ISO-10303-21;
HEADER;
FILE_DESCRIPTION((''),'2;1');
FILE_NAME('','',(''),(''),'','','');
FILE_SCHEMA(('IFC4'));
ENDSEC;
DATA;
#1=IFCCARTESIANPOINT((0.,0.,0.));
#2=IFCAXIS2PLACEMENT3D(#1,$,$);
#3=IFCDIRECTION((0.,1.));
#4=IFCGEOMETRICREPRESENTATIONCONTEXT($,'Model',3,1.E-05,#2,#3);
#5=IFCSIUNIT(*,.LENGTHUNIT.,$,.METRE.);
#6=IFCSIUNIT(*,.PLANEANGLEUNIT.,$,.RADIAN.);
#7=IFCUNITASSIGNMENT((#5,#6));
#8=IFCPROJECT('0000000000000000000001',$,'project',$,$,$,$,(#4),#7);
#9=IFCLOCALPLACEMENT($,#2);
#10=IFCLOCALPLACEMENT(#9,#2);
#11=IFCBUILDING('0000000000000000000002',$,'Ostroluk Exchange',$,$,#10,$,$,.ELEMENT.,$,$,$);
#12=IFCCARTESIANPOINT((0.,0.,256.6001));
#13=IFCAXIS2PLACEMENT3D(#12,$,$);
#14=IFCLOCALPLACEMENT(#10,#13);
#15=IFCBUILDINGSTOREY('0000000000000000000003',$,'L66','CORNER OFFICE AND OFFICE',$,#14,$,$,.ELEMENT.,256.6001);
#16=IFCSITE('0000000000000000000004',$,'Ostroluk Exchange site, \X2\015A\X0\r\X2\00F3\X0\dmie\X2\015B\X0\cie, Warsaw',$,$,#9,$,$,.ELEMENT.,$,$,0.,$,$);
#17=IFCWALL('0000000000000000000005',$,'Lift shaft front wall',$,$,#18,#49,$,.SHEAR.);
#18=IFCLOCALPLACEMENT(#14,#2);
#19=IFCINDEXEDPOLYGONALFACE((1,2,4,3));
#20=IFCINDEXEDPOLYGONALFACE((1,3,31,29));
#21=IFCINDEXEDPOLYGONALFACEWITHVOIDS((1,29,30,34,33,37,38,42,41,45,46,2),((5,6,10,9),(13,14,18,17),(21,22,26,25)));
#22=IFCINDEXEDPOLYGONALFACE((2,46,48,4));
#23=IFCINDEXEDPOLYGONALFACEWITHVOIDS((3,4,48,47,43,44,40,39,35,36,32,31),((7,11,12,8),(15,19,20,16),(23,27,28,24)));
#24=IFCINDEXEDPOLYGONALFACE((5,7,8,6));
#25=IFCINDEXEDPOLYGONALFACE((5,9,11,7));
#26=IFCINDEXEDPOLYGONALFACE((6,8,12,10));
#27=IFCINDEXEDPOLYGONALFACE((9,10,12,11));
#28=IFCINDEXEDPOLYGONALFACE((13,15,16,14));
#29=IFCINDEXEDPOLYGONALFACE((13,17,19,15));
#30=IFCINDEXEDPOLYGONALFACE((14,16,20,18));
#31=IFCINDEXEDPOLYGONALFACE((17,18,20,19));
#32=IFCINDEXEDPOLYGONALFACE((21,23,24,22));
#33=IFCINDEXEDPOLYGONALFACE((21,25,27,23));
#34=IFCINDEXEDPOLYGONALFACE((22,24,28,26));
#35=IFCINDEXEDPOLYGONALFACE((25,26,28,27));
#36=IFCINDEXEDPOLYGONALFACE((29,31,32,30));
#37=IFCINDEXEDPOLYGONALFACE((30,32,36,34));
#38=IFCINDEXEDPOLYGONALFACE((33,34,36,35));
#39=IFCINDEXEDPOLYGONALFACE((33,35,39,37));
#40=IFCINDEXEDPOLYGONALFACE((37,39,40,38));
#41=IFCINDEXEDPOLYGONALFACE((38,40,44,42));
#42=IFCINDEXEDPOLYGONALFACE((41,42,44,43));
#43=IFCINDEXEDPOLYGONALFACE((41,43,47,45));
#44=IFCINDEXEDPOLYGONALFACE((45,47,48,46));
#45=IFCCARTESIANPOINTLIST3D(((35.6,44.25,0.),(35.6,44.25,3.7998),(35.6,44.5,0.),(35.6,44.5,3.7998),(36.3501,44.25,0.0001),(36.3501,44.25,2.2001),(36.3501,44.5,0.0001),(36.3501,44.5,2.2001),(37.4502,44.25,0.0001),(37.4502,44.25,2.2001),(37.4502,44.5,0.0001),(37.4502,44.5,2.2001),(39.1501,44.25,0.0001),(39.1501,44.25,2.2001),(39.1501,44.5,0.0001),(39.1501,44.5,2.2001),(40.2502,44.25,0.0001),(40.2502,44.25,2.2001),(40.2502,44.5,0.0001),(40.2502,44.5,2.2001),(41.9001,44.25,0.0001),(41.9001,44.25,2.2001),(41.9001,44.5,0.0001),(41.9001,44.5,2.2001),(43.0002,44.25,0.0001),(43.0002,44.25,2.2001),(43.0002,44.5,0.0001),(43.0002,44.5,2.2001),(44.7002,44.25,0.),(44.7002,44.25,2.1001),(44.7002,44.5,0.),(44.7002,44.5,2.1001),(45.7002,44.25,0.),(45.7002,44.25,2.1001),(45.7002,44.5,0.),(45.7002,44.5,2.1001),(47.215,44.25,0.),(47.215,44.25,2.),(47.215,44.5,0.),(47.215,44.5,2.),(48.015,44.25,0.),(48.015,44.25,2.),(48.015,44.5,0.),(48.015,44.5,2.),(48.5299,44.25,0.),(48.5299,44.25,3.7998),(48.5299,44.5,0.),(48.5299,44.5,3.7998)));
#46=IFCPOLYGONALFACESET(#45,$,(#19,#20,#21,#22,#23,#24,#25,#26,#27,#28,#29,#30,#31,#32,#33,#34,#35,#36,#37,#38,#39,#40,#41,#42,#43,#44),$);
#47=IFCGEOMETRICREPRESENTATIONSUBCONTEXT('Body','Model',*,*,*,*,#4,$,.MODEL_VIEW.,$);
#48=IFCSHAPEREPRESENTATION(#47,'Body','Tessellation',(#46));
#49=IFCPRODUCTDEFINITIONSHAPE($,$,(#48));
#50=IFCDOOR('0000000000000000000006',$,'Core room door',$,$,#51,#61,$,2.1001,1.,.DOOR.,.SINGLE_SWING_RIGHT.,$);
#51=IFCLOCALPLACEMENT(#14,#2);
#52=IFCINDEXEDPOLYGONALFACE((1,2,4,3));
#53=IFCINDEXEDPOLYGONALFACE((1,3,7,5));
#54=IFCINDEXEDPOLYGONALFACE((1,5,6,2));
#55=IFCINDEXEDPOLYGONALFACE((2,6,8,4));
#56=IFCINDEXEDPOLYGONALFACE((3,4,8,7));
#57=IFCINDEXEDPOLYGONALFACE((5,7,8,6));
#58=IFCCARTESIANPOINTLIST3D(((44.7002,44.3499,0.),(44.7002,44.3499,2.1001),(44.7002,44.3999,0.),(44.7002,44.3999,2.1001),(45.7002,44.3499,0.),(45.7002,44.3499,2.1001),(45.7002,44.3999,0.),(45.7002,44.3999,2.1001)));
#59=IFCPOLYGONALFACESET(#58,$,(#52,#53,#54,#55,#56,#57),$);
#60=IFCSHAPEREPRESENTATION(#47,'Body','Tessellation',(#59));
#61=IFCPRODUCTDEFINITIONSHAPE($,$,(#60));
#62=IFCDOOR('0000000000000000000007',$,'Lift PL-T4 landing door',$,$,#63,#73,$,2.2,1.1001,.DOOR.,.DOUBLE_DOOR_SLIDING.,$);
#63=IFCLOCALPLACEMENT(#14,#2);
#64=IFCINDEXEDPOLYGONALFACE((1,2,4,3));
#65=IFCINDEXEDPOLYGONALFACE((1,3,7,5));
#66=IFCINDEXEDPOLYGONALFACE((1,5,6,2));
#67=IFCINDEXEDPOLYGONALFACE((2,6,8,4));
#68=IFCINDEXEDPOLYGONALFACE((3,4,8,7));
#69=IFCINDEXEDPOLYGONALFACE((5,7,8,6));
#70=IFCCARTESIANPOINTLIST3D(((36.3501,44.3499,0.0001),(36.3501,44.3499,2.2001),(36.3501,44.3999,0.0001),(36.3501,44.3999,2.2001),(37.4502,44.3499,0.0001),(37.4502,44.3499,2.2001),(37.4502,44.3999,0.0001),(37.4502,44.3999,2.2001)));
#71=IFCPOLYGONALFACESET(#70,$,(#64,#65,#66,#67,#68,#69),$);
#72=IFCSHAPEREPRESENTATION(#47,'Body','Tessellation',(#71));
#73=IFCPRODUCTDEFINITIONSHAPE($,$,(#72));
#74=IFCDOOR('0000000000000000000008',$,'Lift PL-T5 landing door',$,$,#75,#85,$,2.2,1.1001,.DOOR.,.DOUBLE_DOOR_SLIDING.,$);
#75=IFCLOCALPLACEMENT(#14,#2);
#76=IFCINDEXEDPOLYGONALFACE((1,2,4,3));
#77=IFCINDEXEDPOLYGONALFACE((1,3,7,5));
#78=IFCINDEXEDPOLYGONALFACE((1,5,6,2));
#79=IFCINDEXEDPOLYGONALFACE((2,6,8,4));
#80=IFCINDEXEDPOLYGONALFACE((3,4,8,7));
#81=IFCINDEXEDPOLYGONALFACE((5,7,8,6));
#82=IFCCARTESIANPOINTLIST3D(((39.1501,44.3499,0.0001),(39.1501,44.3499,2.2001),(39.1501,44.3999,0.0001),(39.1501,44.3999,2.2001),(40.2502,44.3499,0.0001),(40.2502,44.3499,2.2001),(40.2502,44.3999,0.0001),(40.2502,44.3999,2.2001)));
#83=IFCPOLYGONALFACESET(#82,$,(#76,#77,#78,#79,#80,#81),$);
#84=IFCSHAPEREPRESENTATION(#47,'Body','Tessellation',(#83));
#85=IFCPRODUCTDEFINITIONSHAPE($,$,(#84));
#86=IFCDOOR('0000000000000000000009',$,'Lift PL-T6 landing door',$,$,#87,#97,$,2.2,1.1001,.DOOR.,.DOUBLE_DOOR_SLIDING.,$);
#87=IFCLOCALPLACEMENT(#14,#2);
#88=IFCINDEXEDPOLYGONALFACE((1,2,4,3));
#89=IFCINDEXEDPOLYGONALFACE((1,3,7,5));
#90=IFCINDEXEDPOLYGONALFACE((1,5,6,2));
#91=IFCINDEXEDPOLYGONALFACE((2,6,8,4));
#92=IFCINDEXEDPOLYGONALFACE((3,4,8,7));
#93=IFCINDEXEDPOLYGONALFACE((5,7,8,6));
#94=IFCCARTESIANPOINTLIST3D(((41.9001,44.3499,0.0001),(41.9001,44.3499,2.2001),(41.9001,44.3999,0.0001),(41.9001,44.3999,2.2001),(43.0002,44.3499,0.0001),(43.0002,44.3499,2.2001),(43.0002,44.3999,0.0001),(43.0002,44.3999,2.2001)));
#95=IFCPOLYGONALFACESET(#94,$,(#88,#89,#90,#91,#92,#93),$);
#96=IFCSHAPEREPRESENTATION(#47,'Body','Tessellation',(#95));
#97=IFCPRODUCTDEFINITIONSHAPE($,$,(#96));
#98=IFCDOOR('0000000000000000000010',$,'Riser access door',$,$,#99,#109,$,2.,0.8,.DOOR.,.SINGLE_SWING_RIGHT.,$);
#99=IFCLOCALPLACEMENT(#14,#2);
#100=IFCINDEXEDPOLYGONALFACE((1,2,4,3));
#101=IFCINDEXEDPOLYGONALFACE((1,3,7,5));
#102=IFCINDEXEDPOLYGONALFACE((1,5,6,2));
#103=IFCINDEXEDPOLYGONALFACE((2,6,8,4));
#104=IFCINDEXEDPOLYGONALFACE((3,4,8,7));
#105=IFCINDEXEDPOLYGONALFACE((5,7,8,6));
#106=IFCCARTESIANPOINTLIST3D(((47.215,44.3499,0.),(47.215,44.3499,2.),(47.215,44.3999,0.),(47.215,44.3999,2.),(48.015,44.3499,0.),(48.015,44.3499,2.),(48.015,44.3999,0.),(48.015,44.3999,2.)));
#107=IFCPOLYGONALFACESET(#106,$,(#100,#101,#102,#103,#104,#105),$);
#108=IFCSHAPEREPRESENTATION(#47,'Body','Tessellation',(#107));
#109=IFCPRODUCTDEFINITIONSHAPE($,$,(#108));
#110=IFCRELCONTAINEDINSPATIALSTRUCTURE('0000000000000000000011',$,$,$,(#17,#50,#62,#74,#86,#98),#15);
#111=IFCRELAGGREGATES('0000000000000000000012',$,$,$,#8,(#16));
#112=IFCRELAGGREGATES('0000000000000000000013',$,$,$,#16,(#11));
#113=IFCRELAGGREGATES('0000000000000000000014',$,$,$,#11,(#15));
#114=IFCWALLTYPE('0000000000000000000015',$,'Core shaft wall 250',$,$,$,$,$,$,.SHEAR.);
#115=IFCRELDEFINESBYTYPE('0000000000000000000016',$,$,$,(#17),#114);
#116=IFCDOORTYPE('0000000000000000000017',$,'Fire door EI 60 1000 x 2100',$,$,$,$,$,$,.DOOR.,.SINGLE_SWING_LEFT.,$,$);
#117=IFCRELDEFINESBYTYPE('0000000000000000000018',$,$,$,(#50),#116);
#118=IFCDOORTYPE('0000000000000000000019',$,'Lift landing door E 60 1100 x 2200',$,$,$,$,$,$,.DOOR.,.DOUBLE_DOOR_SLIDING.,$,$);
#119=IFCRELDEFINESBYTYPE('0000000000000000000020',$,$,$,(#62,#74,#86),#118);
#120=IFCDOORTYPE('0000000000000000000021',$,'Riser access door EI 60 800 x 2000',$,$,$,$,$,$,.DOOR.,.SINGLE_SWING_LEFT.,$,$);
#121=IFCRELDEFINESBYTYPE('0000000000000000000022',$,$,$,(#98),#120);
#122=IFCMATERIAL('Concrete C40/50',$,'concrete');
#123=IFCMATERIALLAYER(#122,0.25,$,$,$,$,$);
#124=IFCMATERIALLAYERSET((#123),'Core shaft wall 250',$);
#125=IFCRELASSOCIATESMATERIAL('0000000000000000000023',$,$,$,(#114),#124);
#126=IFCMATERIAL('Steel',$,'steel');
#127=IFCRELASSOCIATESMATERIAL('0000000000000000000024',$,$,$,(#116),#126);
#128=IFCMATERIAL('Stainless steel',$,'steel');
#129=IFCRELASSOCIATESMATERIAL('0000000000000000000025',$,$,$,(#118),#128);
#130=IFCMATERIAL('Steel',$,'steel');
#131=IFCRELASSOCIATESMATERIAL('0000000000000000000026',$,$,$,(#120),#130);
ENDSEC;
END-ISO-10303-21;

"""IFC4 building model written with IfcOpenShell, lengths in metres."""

from ifc_helpers import new_model, si_unit, direction, frame, frame_2d, origin, place, context, subcontext, project, spatial, rectangle, extrude, material, layer, layer_set, type_object, element, fill, save


model = new_model("IFC4")

# Units and contexts
model_context = context("Model", 3, precision=1e-05, world=origin(), true_north=direction((0.0, 1.0)))
body_context = subcontext(model_context, "Body", "Model", "MODEL_VIEW")
ifc_project = project(units=[si_unit("LENGTHUNIT", "METRE"), si_unit("PLANEANGLEUNIT", "RADIAN")], contexts=[model_context])

# Site, building, storey
site_placement = place(None, origin())
site = spatial("IfcSite", under=ifc_project, at=site_placement, Name="Ostroluk Exchange site, Śródmieście, Warsaw", CompositionType="ELEMENT", RefElevation=0.0)
building_placement = place(site_placement, origin())
building = spatial("IfcBuilding", under=site, at=building_placement, Name="Ostroluk Exchange", CompositionType="ELEMENT")
storey_placement = place(building_placement, frame((0.0, 0.0, 256.6001)))
storey = spatial("IfcBuildingStorey", under=building, at=storey_placement, Name="L66", Description="CORNER OFFICE AND OFFICE", CompositionType="ELEMENT", Elevation=256.6001)

# Shared definitions
ifc_material_1 = material(Name="Concrete C40/50", Category="concrete")
ifc_layer = layer(ifc_material_1, 0.25)
ifc_layer_set = layer_set([ifc_layer], Name="Core shaft wall 250")
wall_type = type_object("IfcWallType", Name="Core shaft wall 250", PredefinedType="SHEAR", material=ifc_layer_set)

# Wall, openings, doors
ifc_material_2 = material(Name="Steel", Category="steel")
door_type_1 = type_object("IfcDoorType", Name="Fire door EI 60 1000 x 2100", OperationType="SINGLE_SWING_LEFT", PredefinedType="DOOR", material=ifc_material_2)
ifc_material_3 = material(Name="Stainless steel", Category="steel")
door_type_2 = type_object("IfcDoorType", Name="Lift landing door E 60 1100 x 2200", OperationType="DOUBLE_DOOR_SLIDING", PredefinedType="DOOR", material=ifc_material_3)
ifc_material_4 = material(Name="Steel", Category="steel")
door_type_3 = type_object("IfcDoorType", Name="Riser access door EI 60 800 x 2000", OperationType="SINGLE_SWING_LEFT", PredefinedType="DOOR", material=ifc_material_4)
wall_1_placement = place(storey_placement, frame((35.6001, 44.375, 0.0), z_axis=(0.0, 0.0, 1.0), x_axis=(1.0, 0.0, 0.0)))
wall_1 = element("IfcWall", 1, at=wall_1_placement, inside=storey, type_object=wall_type, Name="Lift shaft front wall", PredefinedType="SHEAR", context=body_context, shape_type="SweptSolid", body=[
    extrude(rectangle(XDim=12.9299, YDim=0.25, at=frame_2d((6.4648, 0.0))), origin(), (0.0, 0.0, 1.0), 3.7998),
])
opening_1_placement = place(wall_1_placement, frame((0.75, 0.0, 0.0)))
opening_1 = element("IfcOpeningElement", 2, at=opening_1_placement, cuts=wall_1, PredefinedType="OPENING", context=body_context, shape_type="SweptSolid", body=[
    extrude(rectangle(XDim=1.1001, YDim=2.2, at=frame_2d((0.55, 1.1001))), frame((0.0, 0.135, 0.0), z_axis=(0.0, -1.0, 0.0), x_axis=(1.0, 0.0, 0.0)), (0.0, 0.0, 1.0), 0.27),
])
opening_2_placement = place(wall_1_placement, frame((3.55, 0.0, 0.0)))
opening_2 = element("IfcOpeningElement", 3, at=opening_2_placement, cuts=wall_1, PredefinedType="OPENING", context=body_context, shape_type="SweptSolid", body=[
    extrude(rectangle(XDim=1.1001, YDim=2.2, at=frame_2d((0.55, 1.1001))), frame((0.0, 0.135, 0.0), z_axis=(0.0, -1.0, 0.0), x_axis=(1.0, 0.0, 0.0)), (0.0, 0.0, 1.0), 0.27),
])
opening_3_placement = place(wall_1_placement, frame((6.3, 0.0, 0.0)))
opening_3 = element("IfcOpeningElement", 4, at=opening_3_placement, cuts=wall_1, PredefinedType="OPENING", context=body_context, shape_type="SweptSolid", body=[
    extrude(rectangle(XDim=1.1001, YDim=2.2, at=frame_2d((0.55, 1.1001))), frame((0.0, 0.135, 0.0), z_axis=(0.0, -1.0, 0.0), x_axis=(1.0, 0.0, 0.0)), (0.0, 0.0, 1.0), 0.27),
])
opening_4_placement = place(wall_1_placement, frame((9.1001, 0.0, 0.0)))
opening_4 = element("IfcOpeningElement", 5, at=opening_4_placement, cuts=wall_1, PredefinedType="OPENING", context=body_context, shape_type="SweptSolid", body=[
    extrude(rectangle(XDim=1.0, YDim=2.1001, at=frame_2d((0.5, 1.05))), frame((0.0, 0.135, 0.0), z_axis=(0.0, -1.0, 0.0), x_axis=(1.0, 0.0, 0.0)), (0.0, 0.0, 1.0), 0.27),
])
opening_5_placement = place(wall_1_placement, frame((11.615, 0.0, 0.0)))
opening_5 = element("IfcOpeningElement", 6, at=opening_5_placement, cuts=wall_1, PredefinedType="OPENING", context=body_context, shape_type="SweptSolid", body=[
    extrude(rectangle(XDim=0.8, YDim=2.0, at=frame_2d((0.3999, 1.0))), frame((0.0, 0.135, 0.0), z_axis=(0.0, -1.0, 0.0), x_axis=(1.0, 0.0, 0.0)), (0.0, 0.0, 1.0), 0.27),
])
door_1_placement = place(opening_4_placement, origin())
door_1 = element("IfcDoor", 7, at=door_1_placement, inside=storey, type_object=door_type_1, Name="Core room door", OperationType="SINGLE_SWING_RIGHT", OverallHeight=2.1001, OverallWidth=1.0, PredefinedType="DOOR", context=body_context, shape_type="SweptSolid", body=[
    extrude(rectangle(XDim=1.0, YDim=2.1001, at=frame_2d((0.5, 1.05))), frame((0.0, 0.0249, 0.0), z_axis=(0.0, -1.0, 0.0), x_axis=(1.0, 0.0, 0.0)), (0.0, 0.0, 1.0), 0.05),
])
fill(opening_4, door_1)
door_2_placement = place(opening_1_placement, origin())
door_2 = element("IfcDoor", 8, at=door_2_placement, inside=storey, type_object=door_type_2, Name="Lift PL-T4 landing door", OperationType="DOUBLE_DOOR_SLIDING", OverallHeight=2.2, OverallWidth=1.1001, PredefinedType="DOOR", context=body_context, shape_type="SweptSolid", body=[
    extrude(rectangle(XDim=1.1001, YDim=2.2, at=frame_2d((0.55, 1.1001))), frame((0.0, 0.0249, 0.0), z_axis=(0.0, -1.0, 0.0), x_axis=(1.0, 0.0, 0.0)), (0.0, 0.0, 1.0), 0.05),
])
fill(opening_1, door_2)
door_3_placement = place(opening_2_placement, origin())
door_3 = element("IfcDoor", 9, at=door_3_placement, inside=storey, type_object=door_type_2, Name="Lift PL-T5 landing door", OperationType="DOUBLE_DOOR_SLIDING", OverallHeight=2.2, OverallWidth=1.1001, PredefinedType="DOOR", context=body_context, shape_type="SweptSolid", body=[
    extrude(rectangle(XDim=1.1001, YDim=2.2, at=frame_2d((0.55, 1.1001))), frame((0.0, 0.0249, 0.0), z_axis=(0.0, -1.0, 0.0), x_axis=(1.0, 0.0, 0.0)), (0.0, 0.0, 1.0), 0.05),
])
fill(opening_2, door_3)
door_4_placement = place(opening_3_placement, origin())
door_4 = element("IfcDoor", 10, at=door_4_placement, inside=storey, type_object=door_type_2, Name="Lift PL-T6 landing door", OperationType="DOUBLE_DOOR_SLIDING", OverallHeight=2.2, OverallWidth=1.1001, PredefinedType="DOOR", context=body_context, shape_type="SweptSolid", body=[
    extrude(rectangle(XDim=1.1001, YDim=2.2, at=frame_2d((0.55, 1.1001))), frame((0.0, 0.0249, 0.0), z_axis=(0.0, -1.0, 0.0), x_axis=(1.0, 0.0, 0.0)), (0.0, 0.0, 1.0), 0.05),
])
fill(opening_3, door_4)
door_5_placement = place(opening_5_placement, origin())
door_5 = element("IfcDoor", 11, at=door_5_placement, inside=storey, type_object=door_type_3, Name="Riser access door", OperationType="SINGLE_SWING_RIGHT", OverallHeight=2.0, OverallWidth=0.8, PredefinedType="DOOR", context=body_context, shape_type="SweptSolid", body=[
    extrude(rectangle(XDim=0.8, YDim=2.0, at=frame_2d((0.3999, 1.0))), frame((0.0, 0.0249, 0.0), z_axis=(0.0, -1.0, 0.0), x_axis=(1.0, 0.0, 0.0)), (0.0, 0.0, 1.0), 0.05),
])
fill(opening_5, door_5)

save(model, "model.ifc")
